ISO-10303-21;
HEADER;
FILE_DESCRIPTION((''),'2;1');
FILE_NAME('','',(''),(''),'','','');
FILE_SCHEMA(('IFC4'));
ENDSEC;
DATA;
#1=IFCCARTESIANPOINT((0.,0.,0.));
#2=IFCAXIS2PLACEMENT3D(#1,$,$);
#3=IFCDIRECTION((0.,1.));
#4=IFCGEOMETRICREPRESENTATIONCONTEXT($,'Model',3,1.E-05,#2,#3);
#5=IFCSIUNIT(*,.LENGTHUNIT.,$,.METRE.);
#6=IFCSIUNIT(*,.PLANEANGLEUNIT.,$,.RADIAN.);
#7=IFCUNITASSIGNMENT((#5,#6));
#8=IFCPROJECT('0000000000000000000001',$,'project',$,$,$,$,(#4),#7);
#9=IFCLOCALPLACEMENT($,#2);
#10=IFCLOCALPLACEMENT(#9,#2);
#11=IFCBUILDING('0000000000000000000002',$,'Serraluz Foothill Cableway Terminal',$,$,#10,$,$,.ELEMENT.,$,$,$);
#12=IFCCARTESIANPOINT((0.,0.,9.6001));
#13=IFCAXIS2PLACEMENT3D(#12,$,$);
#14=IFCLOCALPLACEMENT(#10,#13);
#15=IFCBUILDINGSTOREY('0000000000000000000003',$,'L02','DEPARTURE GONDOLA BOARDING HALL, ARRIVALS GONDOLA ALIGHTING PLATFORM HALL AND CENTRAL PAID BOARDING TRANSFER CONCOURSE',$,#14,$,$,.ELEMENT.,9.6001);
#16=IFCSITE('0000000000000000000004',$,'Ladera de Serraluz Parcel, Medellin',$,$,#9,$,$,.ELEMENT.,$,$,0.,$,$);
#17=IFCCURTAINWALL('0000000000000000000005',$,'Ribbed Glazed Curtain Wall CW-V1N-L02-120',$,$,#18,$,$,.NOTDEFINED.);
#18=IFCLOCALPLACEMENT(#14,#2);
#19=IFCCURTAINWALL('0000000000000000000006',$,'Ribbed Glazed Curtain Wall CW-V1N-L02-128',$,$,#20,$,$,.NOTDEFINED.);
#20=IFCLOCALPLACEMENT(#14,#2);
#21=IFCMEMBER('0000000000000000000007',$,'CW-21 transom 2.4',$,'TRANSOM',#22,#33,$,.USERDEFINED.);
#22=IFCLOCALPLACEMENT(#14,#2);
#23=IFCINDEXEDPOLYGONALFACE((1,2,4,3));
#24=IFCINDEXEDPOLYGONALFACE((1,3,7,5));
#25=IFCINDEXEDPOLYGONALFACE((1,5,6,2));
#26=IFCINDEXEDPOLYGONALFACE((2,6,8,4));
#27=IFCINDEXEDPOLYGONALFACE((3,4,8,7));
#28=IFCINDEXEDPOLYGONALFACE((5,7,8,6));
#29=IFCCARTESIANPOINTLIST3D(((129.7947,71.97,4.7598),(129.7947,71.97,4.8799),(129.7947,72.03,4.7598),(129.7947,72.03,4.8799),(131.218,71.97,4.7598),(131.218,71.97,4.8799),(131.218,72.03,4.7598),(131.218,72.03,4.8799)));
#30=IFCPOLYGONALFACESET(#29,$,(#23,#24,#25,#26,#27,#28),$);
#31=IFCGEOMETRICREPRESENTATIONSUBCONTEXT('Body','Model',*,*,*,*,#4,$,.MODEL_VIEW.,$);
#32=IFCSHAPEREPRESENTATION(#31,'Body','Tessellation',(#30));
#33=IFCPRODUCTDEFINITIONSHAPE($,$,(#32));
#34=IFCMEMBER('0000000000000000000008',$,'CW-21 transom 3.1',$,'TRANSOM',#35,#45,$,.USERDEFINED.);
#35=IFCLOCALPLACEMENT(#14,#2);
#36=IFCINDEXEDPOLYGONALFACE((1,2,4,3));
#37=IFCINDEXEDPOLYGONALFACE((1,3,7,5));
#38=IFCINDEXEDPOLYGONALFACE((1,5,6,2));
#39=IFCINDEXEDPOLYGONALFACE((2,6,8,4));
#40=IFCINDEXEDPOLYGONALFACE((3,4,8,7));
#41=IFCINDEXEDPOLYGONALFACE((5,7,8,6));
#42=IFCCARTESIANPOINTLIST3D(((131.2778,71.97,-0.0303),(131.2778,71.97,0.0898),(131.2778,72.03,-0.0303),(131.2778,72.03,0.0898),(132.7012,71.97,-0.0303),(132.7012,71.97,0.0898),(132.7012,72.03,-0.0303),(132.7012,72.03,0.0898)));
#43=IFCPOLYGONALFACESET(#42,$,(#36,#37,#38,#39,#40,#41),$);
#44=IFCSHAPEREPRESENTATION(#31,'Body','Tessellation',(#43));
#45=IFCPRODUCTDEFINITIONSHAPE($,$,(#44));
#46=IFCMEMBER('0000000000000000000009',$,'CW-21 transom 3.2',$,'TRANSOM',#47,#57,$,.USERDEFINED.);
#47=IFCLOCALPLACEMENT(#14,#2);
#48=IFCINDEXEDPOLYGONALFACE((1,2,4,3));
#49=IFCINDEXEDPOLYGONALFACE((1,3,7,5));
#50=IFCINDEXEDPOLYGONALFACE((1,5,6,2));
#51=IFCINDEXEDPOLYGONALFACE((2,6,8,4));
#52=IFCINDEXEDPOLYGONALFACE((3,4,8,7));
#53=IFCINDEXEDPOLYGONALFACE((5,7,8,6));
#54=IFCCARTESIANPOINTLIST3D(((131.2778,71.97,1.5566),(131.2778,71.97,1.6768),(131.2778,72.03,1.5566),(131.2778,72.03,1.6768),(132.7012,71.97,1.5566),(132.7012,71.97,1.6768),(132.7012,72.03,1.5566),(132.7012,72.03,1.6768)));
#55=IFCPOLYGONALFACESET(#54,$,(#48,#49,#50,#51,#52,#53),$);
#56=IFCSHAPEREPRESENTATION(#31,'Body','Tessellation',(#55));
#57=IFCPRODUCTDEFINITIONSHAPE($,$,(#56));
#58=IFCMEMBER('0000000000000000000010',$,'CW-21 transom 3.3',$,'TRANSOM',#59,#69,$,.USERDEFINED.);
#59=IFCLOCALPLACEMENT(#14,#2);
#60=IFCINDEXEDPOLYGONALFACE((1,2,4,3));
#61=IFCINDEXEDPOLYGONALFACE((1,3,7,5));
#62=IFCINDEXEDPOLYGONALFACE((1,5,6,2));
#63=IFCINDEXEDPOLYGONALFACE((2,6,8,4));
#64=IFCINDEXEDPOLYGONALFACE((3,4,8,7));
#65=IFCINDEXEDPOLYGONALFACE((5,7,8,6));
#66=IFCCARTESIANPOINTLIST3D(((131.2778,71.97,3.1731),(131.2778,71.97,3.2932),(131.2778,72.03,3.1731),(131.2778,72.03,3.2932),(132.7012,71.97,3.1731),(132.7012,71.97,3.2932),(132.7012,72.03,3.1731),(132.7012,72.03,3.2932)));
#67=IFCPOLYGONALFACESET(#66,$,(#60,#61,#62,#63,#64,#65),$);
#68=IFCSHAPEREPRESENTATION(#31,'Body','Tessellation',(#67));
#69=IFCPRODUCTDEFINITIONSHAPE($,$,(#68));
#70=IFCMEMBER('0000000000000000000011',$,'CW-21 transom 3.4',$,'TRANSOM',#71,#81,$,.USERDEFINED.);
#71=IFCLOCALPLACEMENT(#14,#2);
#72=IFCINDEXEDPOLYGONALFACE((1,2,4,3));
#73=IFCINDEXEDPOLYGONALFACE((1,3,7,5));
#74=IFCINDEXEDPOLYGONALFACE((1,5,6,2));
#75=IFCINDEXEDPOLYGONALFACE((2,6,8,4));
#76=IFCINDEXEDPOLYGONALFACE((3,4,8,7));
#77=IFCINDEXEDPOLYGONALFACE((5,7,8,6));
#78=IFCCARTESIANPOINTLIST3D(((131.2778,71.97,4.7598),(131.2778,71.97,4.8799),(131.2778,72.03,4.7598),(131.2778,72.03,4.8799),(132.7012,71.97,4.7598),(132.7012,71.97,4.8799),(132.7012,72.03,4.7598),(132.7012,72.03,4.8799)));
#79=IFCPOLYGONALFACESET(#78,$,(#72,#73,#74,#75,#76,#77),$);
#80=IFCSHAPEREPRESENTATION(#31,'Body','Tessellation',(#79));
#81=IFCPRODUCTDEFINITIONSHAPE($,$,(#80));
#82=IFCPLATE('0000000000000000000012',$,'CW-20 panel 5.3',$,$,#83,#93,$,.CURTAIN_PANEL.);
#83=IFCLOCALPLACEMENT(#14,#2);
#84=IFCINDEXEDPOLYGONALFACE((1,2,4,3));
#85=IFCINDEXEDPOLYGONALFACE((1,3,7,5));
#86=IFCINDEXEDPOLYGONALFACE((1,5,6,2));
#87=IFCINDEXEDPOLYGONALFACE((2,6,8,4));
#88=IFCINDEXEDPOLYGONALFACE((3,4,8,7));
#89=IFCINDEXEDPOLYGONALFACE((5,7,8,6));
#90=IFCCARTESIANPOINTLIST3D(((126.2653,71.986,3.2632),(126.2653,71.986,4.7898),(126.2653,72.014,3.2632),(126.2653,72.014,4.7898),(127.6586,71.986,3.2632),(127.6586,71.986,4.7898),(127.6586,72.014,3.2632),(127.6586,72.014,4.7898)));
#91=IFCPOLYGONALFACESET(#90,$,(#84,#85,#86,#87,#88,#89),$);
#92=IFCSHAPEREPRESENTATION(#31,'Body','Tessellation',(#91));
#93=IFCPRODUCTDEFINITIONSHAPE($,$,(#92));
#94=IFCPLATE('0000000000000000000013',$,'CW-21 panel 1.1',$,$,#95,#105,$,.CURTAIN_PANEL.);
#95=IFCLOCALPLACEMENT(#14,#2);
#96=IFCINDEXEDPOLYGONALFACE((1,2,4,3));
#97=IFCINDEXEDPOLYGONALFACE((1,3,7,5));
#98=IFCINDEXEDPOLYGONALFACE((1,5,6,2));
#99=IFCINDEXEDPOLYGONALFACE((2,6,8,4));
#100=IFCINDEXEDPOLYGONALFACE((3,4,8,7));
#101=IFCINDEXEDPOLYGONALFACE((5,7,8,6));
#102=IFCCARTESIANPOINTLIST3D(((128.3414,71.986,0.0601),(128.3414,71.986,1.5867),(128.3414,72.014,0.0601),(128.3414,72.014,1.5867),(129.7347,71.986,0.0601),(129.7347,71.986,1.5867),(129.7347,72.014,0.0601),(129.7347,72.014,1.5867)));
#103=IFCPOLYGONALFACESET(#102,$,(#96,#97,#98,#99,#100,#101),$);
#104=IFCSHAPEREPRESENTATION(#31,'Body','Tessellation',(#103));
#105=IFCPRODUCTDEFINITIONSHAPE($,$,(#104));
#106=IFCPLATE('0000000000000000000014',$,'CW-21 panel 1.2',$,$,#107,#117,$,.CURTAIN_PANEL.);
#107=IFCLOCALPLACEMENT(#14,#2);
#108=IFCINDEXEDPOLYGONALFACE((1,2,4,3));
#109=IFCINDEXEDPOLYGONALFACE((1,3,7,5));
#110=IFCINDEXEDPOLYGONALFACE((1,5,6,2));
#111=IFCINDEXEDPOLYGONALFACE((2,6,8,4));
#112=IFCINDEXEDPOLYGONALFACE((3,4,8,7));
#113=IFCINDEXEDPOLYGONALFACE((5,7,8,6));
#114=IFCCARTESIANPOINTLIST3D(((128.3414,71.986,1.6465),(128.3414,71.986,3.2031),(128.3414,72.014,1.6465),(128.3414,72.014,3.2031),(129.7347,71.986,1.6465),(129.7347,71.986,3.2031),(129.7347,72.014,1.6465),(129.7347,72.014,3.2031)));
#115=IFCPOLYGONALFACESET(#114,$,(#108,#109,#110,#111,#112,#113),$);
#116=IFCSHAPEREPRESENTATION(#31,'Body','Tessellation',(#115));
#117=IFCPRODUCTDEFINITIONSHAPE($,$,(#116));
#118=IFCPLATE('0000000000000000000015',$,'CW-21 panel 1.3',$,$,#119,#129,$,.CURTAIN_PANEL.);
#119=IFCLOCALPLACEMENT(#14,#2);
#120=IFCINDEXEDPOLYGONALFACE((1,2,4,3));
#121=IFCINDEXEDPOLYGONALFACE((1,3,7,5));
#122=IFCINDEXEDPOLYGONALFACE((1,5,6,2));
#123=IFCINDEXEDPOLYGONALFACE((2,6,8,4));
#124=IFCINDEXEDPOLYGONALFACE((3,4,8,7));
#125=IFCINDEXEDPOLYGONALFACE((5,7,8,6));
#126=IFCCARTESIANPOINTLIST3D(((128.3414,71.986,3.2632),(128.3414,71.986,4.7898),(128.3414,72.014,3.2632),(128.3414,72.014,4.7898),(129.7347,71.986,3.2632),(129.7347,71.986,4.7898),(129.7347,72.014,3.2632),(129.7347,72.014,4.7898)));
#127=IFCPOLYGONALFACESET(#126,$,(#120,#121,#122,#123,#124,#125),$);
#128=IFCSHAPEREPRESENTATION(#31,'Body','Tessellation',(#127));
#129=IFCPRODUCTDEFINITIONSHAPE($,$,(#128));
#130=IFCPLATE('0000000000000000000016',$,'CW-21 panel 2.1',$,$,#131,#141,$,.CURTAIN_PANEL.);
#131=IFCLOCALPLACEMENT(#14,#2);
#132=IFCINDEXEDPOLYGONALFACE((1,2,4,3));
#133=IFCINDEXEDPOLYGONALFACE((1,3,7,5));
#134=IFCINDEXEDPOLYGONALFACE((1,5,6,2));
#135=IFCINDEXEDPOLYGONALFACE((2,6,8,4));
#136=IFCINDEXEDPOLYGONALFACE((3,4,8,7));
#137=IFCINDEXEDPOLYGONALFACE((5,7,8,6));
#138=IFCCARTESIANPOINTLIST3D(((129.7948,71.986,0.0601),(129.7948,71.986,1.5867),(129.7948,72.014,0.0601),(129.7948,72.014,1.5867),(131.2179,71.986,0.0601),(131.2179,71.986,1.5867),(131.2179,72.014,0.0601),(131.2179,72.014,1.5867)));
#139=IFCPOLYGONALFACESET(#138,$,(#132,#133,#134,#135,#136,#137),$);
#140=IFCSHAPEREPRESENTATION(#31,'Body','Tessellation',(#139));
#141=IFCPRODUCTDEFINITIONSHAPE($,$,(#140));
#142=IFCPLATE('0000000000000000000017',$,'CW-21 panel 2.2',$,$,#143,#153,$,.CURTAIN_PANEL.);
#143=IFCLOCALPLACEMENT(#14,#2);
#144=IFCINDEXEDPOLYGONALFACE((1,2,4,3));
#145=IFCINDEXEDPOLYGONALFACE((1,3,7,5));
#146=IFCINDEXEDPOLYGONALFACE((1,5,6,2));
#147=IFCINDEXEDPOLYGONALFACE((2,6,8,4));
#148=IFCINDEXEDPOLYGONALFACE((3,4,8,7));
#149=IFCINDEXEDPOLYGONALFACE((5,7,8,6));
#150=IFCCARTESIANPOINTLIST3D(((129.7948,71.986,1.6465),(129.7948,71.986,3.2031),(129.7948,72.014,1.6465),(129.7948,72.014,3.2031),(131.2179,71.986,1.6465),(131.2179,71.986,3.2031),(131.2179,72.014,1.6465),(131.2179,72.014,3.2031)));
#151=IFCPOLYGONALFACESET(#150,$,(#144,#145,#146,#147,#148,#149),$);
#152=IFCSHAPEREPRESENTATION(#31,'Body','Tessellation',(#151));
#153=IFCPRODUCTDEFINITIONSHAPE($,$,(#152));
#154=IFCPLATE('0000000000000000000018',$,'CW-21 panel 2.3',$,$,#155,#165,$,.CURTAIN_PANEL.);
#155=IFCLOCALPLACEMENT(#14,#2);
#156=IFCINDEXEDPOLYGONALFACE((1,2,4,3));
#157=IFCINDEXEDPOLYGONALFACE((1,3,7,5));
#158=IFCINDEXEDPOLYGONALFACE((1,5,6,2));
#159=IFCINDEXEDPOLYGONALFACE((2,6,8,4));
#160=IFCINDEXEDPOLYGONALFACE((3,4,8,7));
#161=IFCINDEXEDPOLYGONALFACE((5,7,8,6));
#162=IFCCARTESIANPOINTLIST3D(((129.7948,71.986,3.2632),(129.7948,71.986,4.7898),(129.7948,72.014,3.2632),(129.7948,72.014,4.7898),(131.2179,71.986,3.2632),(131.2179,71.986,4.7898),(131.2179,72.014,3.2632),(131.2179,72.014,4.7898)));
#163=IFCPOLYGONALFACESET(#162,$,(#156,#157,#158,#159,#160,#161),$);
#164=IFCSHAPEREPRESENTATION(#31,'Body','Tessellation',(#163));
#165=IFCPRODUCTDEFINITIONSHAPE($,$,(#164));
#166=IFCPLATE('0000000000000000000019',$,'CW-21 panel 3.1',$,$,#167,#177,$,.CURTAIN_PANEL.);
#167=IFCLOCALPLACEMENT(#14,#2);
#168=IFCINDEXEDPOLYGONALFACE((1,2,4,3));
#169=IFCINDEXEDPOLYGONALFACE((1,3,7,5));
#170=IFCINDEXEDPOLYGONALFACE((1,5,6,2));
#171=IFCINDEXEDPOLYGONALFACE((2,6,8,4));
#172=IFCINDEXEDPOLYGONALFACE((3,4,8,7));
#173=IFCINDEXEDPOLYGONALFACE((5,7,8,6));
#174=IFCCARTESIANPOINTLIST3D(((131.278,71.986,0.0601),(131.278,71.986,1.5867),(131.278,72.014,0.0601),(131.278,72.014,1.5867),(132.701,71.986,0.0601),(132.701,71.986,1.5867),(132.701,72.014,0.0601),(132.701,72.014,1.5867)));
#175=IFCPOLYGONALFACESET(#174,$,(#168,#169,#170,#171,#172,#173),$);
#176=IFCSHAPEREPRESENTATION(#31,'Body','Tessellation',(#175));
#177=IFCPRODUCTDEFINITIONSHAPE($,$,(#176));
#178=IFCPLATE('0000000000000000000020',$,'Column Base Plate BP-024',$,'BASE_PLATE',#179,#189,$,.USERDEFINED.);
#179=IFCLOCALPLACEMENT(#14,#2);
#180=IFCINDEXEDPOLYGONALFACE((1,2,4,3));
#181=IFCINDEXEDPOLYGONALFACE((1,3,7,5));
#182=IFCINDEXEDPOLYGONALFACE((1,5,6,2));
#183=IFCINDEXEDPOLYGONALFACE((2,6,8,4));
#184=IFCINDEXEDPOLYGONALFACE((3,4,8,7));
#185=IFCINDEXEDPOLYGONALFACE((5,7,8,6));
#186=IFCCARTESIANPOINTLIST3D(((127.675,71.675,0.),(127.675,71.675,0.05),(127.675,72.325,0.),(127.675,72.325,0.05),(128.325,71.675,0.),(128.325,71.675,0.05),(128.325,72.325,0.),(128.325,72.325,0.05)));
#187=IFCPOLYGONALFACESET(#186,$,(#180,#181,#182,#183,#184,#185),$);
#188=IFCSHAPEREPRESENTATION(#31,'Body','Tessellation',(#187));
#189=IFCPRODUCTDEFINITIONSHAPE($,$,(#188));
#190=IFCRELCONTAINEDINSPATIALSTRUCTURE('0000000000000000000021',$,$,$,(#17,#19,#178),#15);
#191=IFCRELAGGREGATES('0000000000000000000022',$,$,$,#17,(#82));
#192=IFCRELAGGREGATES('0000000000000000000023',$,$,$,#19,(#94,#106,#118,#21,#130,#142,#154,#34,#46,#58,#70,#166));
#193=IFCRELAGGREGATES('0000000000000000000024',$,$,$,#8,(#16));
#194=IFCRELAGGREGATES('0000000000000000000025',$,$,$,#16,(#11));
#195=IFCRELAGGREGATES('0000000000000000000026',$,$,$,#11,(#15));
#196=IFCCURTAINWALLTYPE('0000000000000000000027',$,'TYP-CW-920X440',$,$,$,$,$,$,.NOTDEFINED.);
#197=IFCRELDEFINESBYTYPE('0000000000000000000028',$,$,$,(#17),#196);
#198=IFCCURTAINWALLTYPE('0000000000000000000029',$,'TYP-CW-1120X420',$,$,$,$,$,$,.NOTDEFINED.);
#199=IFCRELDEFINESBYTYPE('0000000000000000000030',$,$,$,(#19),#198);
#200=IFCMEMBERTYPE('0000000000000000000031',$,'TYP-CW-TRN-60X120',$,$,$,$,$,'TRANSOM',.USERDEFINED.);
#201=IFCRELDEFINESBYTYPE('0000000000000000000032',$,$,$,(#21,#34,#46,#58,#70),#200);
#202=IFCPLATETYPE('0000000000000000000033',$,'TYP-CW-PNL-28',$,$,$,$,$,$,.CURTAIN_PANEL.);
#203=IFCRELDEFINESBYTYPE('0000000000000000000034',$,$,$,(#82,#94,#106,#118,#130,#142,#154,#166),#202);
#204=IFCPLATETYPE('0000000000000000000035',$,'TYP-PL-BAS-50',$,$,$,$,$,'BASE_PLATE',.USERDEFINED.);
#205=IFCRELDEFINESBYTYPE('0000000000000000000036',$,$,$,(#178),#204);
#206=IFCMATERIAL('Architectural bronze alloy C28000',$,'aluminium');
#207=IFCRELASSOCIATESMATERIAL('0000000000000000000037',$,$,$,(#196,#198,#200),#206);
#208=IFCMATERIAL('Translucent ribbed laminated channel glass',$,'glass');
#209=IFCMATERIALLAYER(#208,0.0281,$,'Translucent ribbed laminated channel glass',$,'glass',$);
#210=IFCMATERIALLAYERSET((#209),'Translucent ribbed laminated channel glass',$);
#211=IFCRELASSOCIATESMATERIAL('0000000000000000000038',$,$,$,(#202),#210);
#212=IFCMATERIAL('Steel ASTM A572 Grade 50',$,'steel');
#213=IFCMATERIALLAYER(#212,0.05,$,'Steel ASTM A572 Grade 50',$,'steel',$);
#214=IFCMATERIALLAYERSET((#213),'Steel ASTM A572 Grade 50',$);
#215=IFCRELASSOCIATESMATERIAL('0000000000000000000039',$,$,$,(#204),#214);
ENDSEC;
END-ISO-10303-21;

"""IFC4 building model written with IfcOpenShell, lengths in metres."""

from ifc_helpers import new_model, si_unit, direction, frame, origin, origin_2d, place, context, subcontext, project, spatial, rectangle, extrude, material, layer, layer_set, material_profile, profile_set, type_object, element, aggregate, save


model = new_model("IFC4")

# Units and contexts
model_context = context("Model", 3, precision=1e-05, world=origin(), true_north=direction((0.0, 1.0)))
body_context = subcontext(model_context, "Body", "Model", "MODEL_VIEW")
ifc_project = project(units=[si_unit("LENGTHUNIT", "METRE"), si_unit("PLANEANGLEUNIT", "RADIAN")], contexts=[model_context])

# Site, building, storey
site_placement = place(None, origin())
site = spatial("IfcSite", under=ifc_project, at=site_placement, Name="Ladera de Serraluz Parcel, Medellin", CompositionType="ELEMENT", RefElevation=0.0)
building_placement = place(site_placement, origin())
building = spatial("IfcBuilding", under=site, at=building_placement, Name="Serraluz Foothill Cableway Terminal", CompositionType="ELEMENT")
storey_placement = place(building_placement, frame((0.0, 0.0, 9.6001)))
storey = spatial("IfcBuildingStorey", under=building, at=storey_placement, Name="L02", Description="DEPARTURE GONDOLA BOARDING HALL, ARRIVALS GONDOLA ALIGHTING PLATFORM HALL AND CENTRAL PAID BOARDING TRANSFER CONCOURSE", CompositionType="ELEMENT", Elevation=9.6001)

# Curtain wall
ifc_material_1 = material(Name="Architectural bronze alloy C28000", Category="aluminium")
curtain_wall_type_1 = type_object("IfcCurtainWallType", Name="TYP-CW-920X440", PredefinedType="NOTDEFINED", material=ifc_material_1)
curtain_wall_1_placement = place(storey_placement, origin())
curtain_wall_1 = element("IfcCurtainWall", 1, at=curtain_wall_1_placement, inside=storey, type_object=curtain_wall_type_1, Name="Ribbed Glazed Curtain Wall CW-V1N-L02-120", PredefinedType="NOTDEFINED")

# Curtain wall, members
curtain_wall_type_2 = type_object("IfcCurtainWallType", Name="TYP-CW-1120X420", PredefinedType="NOTDEFINED", material=ifc_material_1)
curtain_wall_2_placement = place(storey_placement, origin())
curtain_wall_2 = element("IfcCurtainWall", 2, at=curtain_wall_2_placement, inside=storey, type_object=curtain_wall_type_2, Name="Ribbed Glazed Curtain Wall CW-V1N-L02-128", PredefinedType="NOTDEFINED")
ifc_material_profile_1 = material_profile(ifc_material_1, rectangle(XDim=0.0601, YDim=0.1201, at=origin_2d()), Name="ALU TRANSOM 60x120")
ifc_profile_set_1 = profile_set([ifc_material_profile_1], Name="Architectural bronze alloy C28000")
member_type_1 = type_object("IfcMemberType", Name="TYP-CW-TRN-60X120", ElementType="TRANSOM", PredefinedType="USERDEFINED", material=ifc_profile_set_1)
member_1_placement = place(storey_placement, frame((129.7947, 72.0, 4.8198), z_axis=(1.0, 0.0, 0.0), x_axis=(0.0, 1.0, 0.0)))
member_1 = element("IfcMember", 3, at=member_1_placement, type_object=member_type_1, Name="CW-21 transom 2.4", ObjectType="TRANSOM", PredefinedType="USERDEFINED", context=body_context, shape_type="SweptSolid", body=[
    extrude(rectangle(XDim=0.0601, YDim=0.1201, at=origin_2d()), origin(), (0.0, 0.0, 1.0), 1.4233),
])
member_2_placement = place(storey_placement, frame((131.2778, 72.0, 0.0298), z_axis=(1.0, 0.0, 0.0), x_axis=(0.0, 1.0, 0.0)))
member_2 = element("IfcMember", 4, at=member_2_placement, type_object=member_type_1, Name="CW-21 transom 3.1", ObjectType="TRANSOM", PredefinedType="USERDEFINED", context=body_context, shape_type="SweptSolid", body=[
    extrude(rectangle(XDim=0.0601, YDim=0.1201, at=origin_2d()), origin(), (0.0, 0.0, 1.0), 1.4233),
])
member_3_placement = place(storey_placement, frame((131.2778, 72.0, 1.6167), z_axis=(1.0, 0.0, 0.0), x_axis=(0.0, 1.0, 0.0)))
member_3 = element("IfcMember", 5, at=member_3_placement, type_object=member_type_1, Name="CW-21 transom 3.2", ObjectType="TRANSOM", PredefinedType="USERDEFINED", context=body_context, shape_type="SweptSolid", body=[
    extrude(rectangle(XDim=0.0601, YDim=0.1201, at=origin_2d()), origin(), (0.0, 0.0, 1.0), 1.4233),
])
member_4_placement = place(storey_placement, frame((131.2778, 72.0, 3.2332), z_axis=(1.0, 0.0, 0.0), x_axis=(0.0, 1.0, 0.0)))
member_4 = element("IfcMember", 6, at=member_4_placement, type_object=member_type_1, Name="CW-21 transom 3.3", ObjectType="TRANSOM", PredefinedType="USERDEFINED", context=body_context, shape_type="SweptSolid", body=[
    extrude(rectangle(XDim=0.0601, YDim=0.1201, at=origin_2d()), origin(), (0.0, 0.0, 1.0), 1.4233),
])
member_5_placement = place(storey_placement, frame((131.2778, 72.0, 4.8198), z_axis=(1.0, 0.0, 0.0), x_axis=(0.0, 1.0, 0.0)))
member_5 = element("IfcMember", 7, at=member_5_placement, type_object=member_type_1, Name="CW-21 transom 3.4", ObjectType="TRANSOM", PredefinedType="USERDEFINED", context=body_context, shape_type="SweptSolid", body=[
    extrude(rectangle(XDim=0.0601, YDim=0.1201, at=origin_2d()), origin(), (0.0, 0.0, 1.0), 1.4233),
])

# Plates
ifc_material_2 = material(Name="Translucent ribbed laminated channel glass", Category="glass")
ifc_layer_1 = layer(ifc_material_2, 0.0281, Name="Translucent ribbed laminated channel glass", Category="glass")
ifc_layer_set_1 = layer_set([ifc_layer_1], Name="Translucent ribbed laminated channel glass")
plate_type_1 = type_object("IfcPlateType", Name="TYP-CW-PNL-28", PredefinedType="CURTAIN_PANEL", material=ifc_layer_set_1)
plate_1_placement = place(storey_placement, frame((126.9619, 72.0, 3.2632), z_axis=(0.0, 0.0, 1.0), x_axis=(1.0, 0.0, 0.0)))
plate_1 = element("IfcPlate", 8, at=plate_1_placement, type_object=plate_type_1, Name="CW-20 panel 5.3", PredefinedType="CURTAIN_PANEL", context=body_context, shape_type="SweptSolid", body=[
    extrude(rectangle(XDim=1.3933, YDim=0.0281, at=origin_2d()), origin(), (0.0, 0.0, 1.0), 1.5266),
])
aggregate(curtain_wall_1, [plate_1])
plate_2_placement = place(storey_placement, frame((129.0381, 72.0, 0.0601), z_axis=(0.0, 0.0, 1.0), x_axis=(1.0, 0.0, 0.0)))
plate_2 = element("IfcPlate", 9, at=plate_2_placement, type_object=plate_type_1, Name="CW-21 panel 1.1", PredefinedType="CURTAIN_PANEL", context=body_context, shape_type="SweptSolid", body=[
    extrude(rectangle(XDim=1.3933, YDim=0.0281, at=origin_2d()), origin(), (0.0, 0.0, 1.0), 1.5266),
])
plate_3_placement = place(storey_placement, frame((129.0381, 72.0, 1.6465), z_axis=(0.0, 0.0, 1.0), x_axis=(1.0, 0.0, 0.0)))
plate_3 = element("IfcPlate", 10, at=plate_3_placement, type_object=plate_type_1, Name="CW-21 panel 1.2", PredefinedType="CURTAIN_PANEL", context=body_context, shape_type="SweptSolid", body=[
    extrude(rectangle(XDim=1.3933, YDim=0.0281, at=origin_2d()), origin(), (0.0, 0.0, 1.0), 1.5566),
])
plate_4_placement = place(storey_placement, frame((129.0381, 72.0, 3.2632), z_axis=(0.0, 0.0, 1.0), x_axis=(1.0, 0.0, 0.0)))
plate_4 = element("IfcPlate", 11, at=plate_4_placement, type_object=plate_type_1, Name="CW-21 panel 1.3", PredefinedType="CURTAIN_PANEL", context=body_context, shape_type="SweptSolid", body=[
    extrude(rectangle(XDim=1.3933, YDim=0.0281, at=origin_2d()), origin(), (0.0, 0.0, 1.0), 1.5266),
])
plate_5_placement = place(storey_placement, frame((130.5063, 72.0, 0.0601), z_axis=(0.0, 0.0, 1.0), x_axis=(1.0, 0.0, 0.0)))
plate_5 = element("IfcPlate", 12, at=plate_5_placement, type_object=plate_type_1, Name="CW-21 panel 2.1", PredefinedType="CURTAIN_PANEL", context=body_context, shape_type="SweptSolid", body=[
    extrude(rectangle(XDim=1.4231, YDim=0.0281, at=origin_2d()), origin(), (0.0, 0.0, 1.0), 1.5266),
])
plate_6_placement = place(storey_placement, frame((130.5063, 72.0, 1.6465), z_axis=(0.0, 0.0, 1.0), x_axis=(1.0, 0.0, 0.0)))
plate_6 = element("IfcPlate", 13, at=plate_6_placement, type_object=plate_type_1, Name="CW-21 panel 2.2", PredefinedType="CURTAIN_PANEL", context=body_context, shape_type="SweptSolid", body=[
    extrude(rectangle(XDim=1.4231, YDim=0.0281, at=origin_2d()), origin(), (0.0, 0.0, 1.0), 1.5566),
])
plate_7_placement = place(storey_placement, frame((130.5063, 72.0, 3.2632), z_axis=(0.0, 0.0, 1.0), x_axis=(1.0, 0.0, 0.0)))
plate_7 = element("IfcPlate", 14, at=plate_7_placement, type_object=plate_type_1, Name="CW-21 panel 2.3", PredefinedType="CURTAIN_PANEL", context=body_context, shape_type="SweptSolid", body=[
    extrude(rectangle(XDim=1.4231, YDim=0.0281, at=origin_2d()), origin(), (0.0, 0.0, 1.0), 1.5266),
])
plate_8_placement = place(storey_placement, frame((131.9895, 72.0, 0.0601), z_axis=(0.0, 0.0, 1.0), x_axis=(1.0, 0.0, 0.0)))
plate_8 = element("IfcPlate", 15, at=plate_8_placement, type_object=plate_type_1, Name="CW-21 panel 3.1", PredefinedType="CURTAIN_PANEL", context=body_context, shape_type="SweptSolid", body=[
    extrude(rectangle(XDim=1.4231, YDim=0.0281, at=origin_2d()), origin(), (0.0, 0.0, 1.0), 1.5266),
])
aggregate(curtain_wall_2, [plate_2, plate_3, plate_4, member_1, plate_5, plate_6, plate_7, member_2, member_3, member_4, member_5, plate_8])
ifc_material_3 = material(Name="Steel ASTM A572 Grade 50", Category="steel")
ifc_layer_2 = layer(ifc_material_3, 0.05, Name="Steel ASTM A572 Grade 50", Category="steel")
ifc_layer_set_2 = layer_set([ifc_layer_2], Name="Steel ASTM A572 Grade 50")
plate_type_2 = type_object("IfcPlateType", Name="TYP-PL-BAS-50", ElementType="BASE_PLATE", PredefinedType="USERDEFINED", material=ifc_layer_set_2)
plate_9_placement = place(storey_placement, frame((128.0, 72.0, 0.0), z_axis=(0.0, 0.0, 1.0), x_axis=(1.0, 0.0, 0.0)))
element("IfcPlate", 16, at=plate_9_placement, inside=storey, type_object=plate_type_2, Name="Column Base Plate BP-024", ObjectType="BASE_PLATE", PredefinedType="USERDEFINED", context=body_context, shape_type="SweptSolid", body=[
    extrude(rectangle(XDim=0.6499, YDim=0.6499, at=origin_2d()), origin(), (0.0, 0.0, 1.0), 0.05),
])

save(model, "model.ifc")
